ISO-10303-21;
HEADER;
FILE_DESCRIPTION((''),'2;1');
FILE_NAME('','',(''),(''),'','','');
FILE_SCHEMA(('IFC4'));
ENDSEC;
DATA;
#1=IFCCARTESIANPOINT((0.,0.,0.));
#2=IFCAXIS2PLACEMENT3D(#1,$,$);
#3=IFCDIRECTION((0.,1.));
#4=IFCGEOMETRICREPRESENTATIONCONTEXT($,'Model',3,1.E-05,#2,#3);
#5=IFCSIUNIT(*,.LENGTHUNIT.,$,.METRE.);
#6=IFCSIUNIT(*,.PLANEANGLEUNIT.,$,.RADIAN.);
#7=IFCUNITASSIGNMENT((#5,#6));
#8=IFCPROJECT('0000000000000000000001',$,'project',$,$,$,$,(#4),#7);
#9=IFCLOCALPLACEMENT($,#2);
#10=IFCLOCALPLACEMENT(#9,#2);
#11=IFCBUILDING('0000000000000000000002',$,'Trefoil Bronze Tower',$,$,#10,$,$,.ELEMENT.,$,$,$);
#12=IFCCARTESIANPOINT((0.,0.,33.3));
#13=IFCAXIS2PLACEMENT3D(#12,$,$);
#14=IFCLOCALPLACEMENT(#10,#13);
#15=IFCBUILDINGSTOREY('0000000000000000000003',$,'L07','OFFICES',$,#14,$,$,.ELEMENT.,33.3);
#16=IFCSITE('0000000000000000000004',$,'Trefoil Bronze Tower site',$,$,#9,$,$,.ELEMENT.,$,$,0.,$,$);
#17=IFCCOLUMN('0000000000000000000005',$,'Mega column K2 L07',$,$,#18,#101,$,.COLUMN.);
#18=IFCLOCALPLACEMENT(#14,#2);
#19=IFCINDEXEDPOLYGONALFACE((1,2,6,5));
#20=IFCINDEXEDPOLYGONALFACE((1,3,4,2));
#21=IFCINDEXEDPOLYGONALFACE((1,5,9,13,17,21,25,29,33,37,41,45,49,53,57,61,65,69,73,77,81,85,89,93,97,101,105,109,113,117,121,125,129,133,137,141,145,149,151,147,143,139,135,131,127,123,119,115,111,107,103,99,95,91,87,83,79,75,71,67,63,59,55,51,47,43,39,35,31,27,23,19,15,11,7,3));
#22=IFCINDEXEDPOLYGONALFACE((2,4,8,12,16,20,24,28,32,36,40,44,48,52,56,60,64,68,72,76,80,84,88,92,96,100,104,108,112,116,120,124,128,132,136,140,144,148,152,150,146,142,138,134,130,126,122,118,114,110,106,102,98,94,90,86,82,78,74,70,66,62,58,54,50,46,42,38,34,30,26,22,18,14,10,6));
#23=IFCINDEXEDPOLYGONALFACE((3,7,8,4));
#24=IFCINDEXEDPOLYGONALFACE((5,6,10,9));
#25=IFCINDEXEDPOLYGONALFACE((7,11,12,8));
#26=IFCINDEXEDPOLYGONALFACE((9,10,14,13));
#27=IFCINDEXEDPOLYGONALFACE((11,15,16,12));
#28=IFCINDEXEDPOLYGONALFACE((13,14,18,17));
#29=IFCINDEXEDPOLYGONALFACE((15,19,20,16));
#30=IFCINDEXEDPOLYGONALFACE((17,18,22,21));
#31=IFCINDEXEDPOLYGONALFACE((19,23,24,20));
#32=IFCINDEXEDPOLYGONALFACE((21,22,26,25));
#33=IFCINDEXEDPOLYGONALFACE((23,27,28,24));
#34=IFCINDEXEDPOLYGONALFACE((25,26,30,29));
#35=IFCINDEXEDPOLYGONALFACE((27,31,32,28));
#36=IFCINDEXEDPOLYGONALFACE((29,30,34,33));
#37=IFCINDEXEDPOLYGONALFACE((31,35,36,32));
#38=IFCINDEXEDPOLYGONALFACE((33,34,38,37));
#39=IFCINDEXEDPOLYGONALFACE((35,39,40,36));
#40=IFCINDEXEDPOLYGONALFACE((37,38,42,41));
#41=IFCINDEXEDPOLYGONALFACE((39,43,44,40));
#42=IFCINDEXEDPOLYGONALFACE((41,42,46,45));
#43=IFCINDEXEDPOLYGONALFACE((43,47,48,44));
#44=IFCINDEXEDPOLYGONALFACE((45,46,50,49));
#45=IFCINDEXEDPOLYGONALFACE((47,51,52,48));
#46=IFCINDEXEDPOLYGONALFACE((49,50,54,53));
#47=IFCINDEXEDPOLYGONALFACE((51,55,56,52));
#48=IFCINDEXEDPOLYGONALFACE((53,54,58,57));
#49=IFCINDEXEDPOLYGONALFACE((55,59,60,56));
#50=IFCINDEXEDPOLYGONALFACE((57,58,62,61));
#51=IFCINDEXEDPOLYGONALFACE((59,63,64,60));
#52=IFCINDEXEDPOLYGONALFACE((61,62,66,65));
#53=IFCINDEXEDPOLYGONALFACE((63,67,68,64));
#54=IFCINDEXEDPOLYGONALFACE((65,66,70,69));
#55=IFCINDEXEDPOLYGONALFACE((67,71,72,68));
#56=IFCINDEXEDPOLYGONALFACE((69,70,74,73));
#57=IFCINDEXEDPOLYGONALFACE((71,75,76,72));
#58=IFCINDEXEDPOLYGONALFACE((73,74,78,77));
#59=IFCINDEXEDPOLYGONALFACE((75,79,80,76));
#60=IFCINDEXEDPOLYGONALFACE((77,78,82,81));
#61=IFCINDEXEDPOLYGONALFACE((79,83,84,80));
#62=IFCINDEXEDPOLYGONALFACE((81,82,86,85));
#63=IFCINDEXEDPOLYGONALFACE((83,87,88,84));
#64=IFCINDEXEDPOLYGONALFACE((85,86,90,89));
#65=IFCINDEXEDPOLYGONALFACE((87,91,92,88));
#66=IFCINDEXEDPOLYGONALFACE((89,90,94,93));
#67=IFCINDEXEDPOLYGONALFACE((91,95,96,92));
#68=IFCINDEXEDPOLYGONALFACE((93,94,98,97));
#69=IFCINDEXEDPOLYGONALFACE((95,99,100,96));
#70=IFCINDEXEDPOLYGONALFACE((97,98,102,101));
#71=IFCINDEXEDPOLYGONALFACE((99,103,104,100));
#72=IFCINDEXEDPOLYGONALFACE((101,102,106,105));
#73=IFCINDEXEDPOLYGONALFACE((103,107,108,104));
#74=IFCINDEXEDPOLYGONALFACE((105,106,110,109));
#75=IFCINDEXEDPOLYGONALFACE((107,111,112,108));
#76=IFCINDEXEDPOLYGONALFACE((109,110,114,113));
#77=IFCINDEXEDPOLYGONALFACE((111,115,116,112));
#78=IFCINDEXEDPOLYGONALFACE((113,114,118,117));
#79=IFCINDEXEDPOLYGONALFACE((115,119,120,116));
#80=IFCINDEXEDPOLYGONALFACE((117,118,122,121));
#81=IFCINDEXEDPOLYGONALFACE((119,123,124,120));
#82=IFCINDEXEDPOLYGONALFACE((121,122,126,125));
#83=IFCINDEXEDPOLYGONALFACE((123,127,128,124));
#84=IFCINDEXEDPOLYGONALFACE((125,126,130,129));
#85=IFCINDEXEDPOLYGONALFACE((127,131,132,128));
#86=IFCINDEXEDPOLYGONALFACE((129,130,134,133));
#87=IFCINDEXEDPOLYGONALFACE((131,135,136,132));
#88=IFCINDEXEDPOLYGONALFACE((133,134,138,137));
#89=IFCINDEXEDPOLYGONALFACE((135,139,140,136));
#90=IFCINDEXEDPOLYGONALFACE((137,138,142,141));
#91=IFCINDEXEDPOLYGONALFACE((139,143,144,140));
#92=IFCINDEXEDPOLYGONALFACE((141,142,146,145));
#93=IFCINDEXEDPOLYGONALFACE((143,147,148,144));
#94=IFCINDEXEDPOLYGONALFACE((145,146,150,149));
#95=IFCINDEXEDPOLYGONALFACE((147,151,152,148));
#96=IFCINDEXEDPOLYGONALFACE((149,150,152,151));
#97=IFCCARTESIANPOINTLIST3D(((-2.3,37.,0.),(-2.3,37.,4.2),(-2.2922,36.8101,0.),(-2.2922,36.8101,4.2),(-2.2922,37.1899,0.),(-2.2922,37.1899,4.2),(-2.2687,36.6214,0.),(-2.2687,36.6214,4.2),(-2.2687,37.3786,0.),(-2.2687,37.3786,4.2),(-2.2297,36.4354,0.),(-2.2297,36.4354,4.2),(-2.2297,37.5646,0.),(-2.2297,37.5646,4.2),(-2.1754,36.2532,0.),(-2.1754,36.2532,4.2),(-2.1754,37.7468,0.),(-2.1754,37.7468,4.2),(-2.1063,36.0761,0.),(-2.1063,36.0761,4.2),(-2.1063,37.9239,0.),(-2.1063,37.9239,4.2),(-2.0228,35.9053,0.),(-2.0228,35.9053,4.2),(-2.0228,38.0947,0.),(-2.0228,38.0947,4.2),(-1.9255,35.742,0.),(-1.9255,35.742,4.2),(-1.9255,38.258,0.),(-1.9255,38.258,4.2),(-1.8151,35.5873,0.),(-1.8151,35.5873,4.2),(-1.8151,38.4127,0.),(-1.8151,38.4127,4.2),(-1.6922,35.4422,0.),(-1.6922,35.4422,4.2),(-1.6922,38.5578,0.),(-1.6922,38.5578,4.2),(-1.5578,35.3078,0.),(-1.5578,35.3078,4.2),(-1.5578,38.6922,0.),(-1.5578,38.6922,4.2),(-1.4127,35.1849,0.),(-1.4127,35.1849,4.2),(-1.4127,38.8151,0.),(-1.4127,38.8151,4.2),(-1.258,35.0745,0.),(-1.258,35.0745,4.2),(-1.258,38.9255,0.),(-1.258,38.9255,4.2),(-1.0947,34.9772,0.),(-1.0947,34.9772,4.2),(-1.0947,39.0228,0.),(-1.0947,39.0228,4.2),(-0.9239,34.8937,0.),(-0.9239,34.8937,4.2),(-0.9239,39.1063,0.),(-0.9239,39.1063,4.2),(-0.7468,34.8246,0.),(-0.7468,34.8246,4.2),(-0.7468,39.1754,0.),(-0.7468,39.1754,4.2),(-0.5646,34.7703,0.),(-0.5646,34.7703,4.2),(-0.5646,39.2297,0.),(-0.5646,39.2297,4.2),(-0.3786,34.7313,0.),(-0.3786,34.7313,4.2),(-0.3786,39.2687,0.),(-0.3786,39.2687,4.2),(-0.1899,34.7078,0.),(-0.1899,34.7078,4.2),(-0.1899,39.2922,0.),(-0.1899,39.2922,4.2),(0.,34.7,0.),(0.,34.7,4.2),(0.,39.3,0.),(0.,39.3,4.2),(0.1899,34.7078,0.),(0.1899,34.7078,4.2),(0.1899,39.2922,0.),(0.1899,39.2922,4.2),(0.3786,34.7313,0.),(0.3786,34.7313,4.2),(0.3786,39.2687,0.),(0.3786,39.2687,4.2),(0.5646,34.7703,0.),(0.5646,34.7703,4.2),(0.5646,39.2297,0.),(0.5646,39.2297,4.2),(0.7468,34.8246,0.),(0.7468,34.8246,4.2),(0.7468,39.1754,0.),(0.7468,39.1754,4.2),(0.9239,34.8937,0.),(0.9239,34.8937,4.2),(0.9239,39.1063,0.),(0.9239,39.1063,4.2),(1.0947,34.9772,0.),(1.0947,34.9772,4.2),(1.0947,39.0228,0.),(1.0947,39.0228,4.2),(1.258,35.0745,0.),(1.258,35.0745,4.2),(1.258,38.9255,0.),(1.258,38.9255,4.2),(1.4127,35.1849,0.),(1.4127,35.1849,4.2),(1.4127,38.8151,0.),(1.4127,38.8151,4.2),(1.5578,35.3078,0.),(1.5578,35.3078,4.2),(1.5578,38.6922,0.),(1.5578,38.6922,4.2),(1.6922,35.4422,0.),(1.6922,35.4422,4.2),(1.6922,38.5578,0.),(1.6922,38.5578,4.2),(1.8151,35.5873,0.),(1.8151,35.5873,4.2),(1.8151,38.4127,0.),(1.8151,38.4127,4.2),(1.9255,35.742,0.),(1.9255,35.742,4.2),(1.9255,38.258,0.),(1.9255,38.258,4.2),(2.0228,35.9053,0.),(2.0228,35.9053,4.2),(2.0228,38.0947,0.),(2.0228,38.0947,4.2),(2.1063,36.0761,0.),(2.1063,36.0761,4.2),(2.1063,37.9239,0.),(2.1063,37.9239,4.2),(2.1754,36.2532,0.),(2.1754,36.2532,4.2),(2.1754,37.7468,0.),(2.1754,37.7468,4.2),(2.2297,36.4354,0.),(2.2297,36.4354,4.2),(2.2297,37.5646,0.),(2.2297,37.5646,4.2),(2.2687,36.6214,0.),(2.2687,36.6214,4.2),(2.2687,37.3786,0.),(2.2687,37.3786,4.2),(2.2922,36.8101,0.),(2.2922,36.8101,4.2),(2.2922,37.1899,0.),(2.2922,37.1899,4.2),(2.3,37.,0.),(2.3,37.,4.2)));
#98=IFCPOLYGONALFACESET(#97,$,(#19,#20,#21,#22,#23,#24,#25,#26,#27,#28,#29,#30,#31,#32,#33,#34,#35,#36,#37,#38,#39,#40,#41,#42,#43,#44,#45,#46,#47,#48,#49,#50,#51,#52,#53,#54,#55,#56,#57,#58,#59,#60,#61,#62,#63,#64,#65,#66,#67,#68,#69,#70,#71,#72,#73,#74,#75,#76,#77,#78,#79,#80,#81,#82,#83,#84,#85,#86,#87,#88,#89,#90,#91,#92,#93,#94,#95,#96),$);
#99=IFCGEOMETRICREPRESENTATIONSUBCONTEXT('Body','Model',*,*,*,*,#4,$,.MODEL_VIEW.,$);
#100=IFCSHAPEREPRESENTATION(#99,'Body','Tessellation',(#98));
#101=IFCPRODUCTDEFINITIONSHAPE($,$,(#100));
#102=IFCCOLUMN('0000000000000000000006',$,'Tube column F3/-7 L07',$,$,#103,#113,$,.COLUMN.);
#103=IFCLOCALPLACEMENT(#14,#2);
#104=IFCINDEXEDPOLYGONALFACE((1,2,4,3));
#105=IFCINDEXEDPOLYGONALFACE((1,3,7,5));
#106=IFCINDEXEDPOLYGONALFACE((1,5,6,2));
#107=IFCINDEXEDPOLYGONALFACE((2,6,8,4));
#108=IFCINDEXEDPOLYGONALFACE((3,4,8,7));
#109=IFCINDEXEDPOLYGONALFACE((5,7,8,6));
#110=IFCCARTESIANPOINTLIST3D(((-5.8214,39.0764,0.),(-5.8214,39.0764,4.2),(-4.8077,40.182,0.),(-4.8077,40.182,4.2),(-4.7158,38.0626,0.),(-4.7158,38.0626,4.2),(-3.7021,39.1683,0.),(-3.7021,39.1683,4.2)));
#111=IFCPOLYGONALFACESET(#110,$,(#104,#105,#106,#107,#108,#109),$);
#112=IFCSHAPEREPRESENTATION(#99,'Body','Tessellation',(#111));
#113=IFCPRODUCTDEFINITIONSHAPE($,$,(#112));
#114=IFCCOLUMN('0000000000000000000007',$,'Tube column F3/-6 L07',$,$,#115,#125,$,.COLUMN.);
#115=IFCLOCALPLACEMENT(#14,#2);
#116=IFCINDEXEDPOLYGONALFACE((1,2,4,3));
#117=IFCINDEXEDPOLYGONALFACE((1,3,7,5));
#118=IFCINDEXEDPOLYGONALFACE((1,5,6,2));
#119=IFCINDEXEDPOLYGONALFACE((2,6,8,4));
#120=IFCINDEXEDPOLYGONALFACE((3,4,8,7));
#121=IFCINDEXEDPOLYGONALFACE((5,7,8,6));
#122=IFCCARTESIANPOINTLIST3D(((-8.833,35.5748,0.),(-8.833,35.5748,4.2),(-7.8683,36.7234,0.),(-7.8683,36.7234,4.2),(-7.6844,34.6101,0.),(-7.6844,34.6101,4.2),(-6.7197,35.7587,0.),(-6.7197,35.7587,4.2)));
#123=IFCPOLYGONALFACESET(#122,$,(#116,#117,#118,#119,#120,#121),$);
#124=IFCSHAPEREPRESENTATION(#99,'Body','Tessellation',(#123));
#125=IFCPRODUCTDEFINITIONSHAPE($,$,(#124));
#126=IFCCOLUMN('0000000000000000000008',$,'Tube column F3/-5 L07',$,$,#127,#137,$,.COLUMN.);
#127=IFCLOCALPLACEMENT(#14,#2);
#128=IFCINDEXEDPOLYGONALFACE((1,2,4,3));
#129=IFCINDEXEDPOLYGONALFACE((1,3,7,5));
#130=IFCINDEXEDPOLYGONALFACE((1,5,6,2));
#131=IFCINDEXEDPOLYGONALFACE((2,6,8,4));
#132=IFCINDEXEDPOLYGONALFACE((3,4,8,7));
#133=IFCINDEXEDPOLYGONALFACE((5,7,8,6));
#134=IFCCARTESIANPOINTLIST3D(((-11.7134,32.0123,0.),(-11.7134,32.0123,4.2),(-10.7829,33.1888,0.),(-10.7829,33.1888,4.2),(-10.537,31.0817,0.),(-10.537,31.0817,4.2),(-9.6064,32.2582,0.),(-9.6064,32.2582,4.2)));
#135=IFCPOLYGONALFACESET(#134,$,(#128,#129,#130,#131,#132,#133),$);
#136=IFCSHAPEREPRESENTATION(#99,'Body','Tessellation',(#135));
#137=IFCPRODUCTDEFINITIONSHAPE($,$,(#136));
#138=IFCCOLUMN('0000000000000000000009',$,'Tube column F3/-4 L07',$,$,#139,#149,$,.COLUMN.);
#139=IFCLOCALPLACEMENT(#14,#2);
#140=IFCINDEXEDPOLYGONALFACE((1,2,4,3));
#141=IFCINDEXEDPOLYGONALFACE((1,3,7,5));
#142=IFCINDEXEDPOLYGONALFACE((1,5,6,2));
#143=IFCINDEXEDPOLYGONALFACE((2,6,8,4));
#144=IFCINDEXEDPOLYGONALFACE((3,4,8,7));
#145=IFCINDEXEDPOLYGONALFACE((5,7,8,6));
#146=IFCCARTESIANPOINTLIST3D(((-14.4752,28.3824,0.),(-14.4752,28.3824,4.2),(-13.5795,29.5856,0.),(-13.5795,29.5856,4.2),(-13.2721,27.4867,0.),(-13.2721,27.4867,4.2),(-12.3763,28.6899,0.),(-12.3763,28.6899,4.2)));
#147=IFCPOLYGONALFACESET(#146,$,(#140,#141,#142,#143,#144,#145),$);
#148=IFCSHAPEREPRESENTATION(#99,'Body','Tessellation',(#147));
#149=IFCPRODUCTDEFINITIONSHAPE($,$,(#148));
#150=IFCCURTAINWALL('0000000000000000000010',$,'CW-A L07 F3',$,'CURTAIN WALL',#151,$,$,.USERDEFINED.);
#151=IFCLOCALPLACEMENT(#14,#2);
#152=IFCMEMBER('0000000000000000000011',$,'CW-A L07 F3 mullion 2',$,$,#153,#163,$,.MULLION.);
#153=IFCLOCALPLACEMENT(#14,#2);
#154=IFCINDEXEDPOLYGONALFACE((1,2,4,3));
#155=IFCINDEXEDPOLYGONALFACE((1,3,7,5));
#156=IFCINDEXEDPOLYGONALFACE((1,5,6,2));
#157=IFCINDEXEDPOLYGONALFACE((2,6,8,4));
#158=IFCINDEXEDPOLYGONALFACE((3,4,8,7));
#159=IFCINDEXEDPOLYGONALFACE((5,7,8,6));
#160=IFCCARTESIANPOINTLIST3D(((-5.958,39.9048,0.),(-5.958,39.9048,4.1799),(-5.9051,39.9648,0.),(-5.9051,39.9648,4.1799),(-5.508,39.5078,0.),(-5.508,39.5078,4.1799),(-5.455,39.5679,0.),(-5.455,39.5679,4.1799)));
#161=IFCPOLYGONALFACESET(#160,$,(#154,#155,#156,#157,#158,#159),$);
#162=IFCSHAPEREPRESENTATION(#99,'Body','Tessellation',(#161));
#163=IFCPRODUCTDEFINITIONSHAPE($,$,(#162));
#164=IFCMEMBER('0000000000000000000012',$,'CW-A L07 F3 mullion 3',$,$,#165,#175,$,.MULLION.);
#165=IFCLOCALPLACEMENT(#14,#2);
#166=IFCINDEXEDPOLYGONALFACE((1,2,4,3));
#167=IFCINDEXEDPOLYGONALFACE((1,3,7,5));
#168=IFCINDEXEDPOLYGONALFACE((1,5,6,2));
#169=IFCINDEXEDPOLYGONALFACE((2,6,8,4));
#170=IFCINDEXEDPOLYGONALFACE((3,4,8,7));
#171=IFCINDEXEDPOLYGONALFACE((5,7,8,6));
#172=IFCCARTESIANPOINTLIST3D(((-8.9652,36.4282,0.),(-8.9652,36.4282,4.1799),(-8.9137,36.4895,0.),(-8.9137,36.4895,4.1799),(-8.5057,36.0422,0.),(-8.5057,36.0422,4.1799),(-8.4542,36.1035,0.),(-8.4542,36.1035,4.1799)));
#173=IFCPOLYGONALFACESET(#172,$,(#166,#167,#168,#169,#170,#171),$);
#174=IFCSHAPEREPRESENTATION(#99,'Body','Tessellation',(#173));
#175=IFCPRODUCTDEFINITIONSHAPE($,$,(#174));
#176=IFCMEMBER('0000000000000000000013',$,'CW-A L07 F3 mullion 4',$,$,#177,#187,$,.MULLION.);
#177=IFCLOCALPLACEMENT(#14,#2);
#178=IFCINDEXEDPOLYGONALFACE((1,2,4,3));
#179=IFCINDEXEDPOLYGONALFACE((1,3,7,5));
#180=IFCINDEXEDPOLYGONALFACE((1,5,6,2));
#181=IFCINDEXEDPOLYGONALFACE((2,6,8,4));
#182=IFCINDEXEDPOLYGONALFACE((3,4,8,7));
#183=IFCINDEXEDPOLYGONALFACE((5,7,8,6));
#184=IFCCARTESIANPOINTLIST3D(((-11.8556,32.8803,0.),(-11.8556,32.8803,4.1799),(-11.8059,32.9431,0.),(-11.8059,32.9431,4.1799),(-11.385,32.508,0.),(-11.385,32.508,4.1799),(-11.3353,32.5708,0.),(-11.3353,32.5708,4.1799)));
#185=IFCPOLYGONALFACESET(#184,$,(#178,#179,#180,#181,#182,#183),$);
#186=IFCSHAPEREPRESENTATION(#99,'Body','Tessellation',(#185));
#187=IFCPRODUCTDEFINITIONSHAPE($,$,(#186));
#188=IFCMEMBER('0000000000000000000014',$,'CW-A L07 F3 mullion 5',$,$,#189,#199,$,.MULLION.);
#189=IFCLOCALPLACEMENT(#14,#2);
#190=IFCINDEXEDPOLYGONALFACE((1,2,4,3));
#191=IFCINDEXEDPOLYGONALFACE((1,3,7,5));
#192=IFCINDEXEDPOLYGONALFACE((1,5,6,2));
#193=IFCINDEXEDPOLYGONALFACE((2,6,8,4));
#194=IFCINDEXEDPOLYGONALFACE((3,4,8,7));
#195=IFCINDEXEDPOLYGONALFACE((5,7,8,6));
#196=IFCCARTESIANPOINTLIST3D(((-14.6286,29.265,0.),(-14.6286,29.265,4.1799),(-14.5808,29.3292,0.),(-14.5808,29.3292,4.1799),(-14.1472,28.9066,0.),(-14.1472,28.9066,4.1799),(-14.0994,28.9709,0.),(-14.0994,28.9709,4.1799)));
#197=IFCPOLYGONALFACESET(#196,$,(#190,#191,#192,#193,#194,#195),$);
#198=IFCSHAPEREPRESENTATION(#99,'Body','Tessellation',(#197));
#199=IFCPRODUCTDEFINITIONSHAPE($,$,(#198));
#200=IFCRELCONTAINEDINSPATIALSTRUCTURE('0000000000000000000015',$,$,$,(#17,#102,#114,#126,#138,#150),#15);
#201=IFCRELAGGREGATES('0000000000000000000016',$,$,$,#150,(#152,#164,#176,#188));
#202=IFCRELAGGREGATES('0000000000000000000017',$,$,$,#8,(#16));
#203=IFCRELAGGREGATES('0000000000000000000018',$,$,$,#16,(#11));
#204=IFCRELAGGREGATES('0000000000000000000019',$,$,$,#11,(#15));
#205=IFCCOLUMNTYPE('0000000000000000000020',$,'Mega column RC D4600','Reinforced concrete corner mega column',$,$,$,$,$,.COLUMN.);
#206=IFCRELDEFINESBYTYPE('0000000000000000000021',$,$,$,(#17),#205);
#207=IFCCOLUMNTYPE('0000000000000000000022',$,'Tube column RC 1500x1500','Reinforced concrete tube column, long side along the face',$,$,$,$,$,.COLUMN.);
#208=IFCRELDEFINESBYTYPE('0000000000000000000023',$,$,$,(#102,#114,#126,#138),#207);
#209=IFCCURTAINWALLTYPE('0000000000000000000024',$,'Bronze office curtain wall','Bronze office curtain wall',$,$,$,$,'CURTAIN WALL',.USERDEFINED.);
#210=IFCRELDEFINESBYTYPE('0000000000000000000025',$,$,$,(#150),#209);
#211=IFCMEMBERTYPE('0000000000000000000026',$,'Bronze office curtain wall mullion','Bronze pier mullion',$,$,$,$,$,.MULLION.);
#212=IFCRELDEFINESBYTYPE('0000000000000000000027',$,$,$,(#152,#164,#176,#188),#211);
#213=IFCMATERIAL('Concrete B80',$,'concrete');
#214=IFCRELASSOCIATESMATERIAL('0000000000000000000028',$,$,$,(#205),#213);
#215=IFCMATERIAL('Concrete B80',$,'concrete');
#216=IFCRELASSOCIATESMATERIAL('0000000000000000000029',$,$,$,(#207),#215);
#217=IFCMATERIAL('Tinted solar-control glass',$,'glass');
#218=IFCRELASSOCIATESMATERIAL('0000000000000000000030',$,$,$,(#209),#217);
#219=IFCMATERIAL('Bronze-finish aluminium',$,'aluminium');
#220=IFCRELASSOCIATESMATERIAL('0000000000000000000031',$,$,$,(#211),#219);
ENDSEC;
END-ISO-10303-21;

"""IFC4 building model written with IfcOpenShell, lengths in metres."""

from ifc_helpers import new_model, si_unit, direction, frame, origin, origin_2d, place, context, subcontext, project, spatial, rectangle, circle, extrude, material, material_profile, profile_set, type_object, element, aggregate, save


model = new_model("IFC4")

# Units and contexts
model_context = context("Model", 3, precision=1e-05, world=origin(), true_north=direction((0.0, 1.0)))
body_context = subcontext(model_context, "Body", "Model", "MODEL_VIEW")
ifc_project = project(units=[si_unit("LENGTHUNIT", "METRE"), si_unit("PLANEANGLEUNIT", "RADIAN")], contexts=[model_context])

# Site, building, storey
site_placement = place(None, origin())
site = spatial("IfcSite", under=ifc_project, at=site_placement, Name="Trefoil Bronze Tower site", CompositionType="ELEMENT", RefElevation=0.0)
building_placement = place(site_placement, origin())
building = spatial("IfcBuilding", under=site, at=building_placement, Name="Trefoil Bronze Tower", CompositionType="ELEMENT")
storey_placement = place(building_placement, frame((0.0, 0.0, 33.3)))
storey = spatial("IfcBuildingStorey", under=building, at=storey_placement, Name="L07", Description="OFFICES", CompositionType="ELEMENT", Elevation=33.3)

# Columns
ifc_material_1 = material(Name="Concrete B80", Category="concrete")
ifc_material_profile_1 = material_profile(ifc_material_1, circle(Radius=2.3, at=origin_2d()), Name="RC D4600")
ifc_profile_set_1 = profile_set([ifc_material_profile_1], Name="Concrete B80")
column_type_1 = type_object("IfcColumnType", Name="Mega column RC D4600", Description="Reinforced concrete corner mega column", PredefinedType="COLUMN", material=ifc_profile_set_1)
column_placement = place(storey_placement, frame((0.0, 37.0, 0.0), z_axis=(0.0, 0.0, 1.0), x_axis=(1.0, 0.0, 0.0)))
element("IfcColumn", 1, at=column_placement, inside=storey, type_object=column_type_1, Name="Mega column K2 L07", PredefinedType="COLUMN", context=body_context, shape_type="SweptSolid", body=[
    extrude(circle(Radius=2.3, at=origin_2d()), origin(), (0.0, 0.0, 1.0), 4.2),
])
ifc_material_2 = material(Name="Concrete B80", Category="concrete")
ifc_material_profile_2 = material_profile(ifc_material_2, rectangle(XDim=1.5, YDim=1.5, at=origin_2d()), Name="RC 1500x1500")
ifc_profile_set_2 = profile_set([ifc_material_profile_2], Name="Concrete B80")
column_type_2 = type_object("IfcColumnType", Name="Tube column RC 1500x1500", Description="Reinforced concrete tube column, long side along the face", PredefinedType="COLUMN", material=ifc_profile_set_2)
for number, where, z_axis, x_axis, name in (
    (2, (-4.7617, 39.1223, 0.0), (0.0, 0.0, 1.0), (-0.675816, -0.73707, 0.0), "Tube column F3/-7 L07"),
    (3, (-7.7764, 35.6667, 0.0), (0.0, 0.0, 1.0), (-0.643163, -0.765729, 0.0), "Tube column F3/-6 L07"),
    (4, (-10.6599, 32.1353, 0.0), (0.0, 0.0, 1.0), (-0.620376, -0.784305, 0.0), "Tube column F3/-5 L07"),
    (5, (-13.4258, 28.5361, 0.0), (0.0, 0.0, 1.0), (-0.597154, -0.802127, 0.0), "Tube column F3/-4 L07"),
):
    element("IfcColumn", number, at=place(storey_placement, frame(where, z_axis=z_axis, x_axis=x_axis)), inside=storey, type_object=column_type_2, Name=name, PredefinedType="COLUMN", context=body_context, shape_type="SweptSolid", body=[
        extrude(rectangle(XDim=1.5, YDim=1.5, at=origin_2d()), origin(), (0.0, 0.0, 1.0), 4.2),
    ])

# Curtain wall, members
ifc_material_3 = material(Name="Tinted solar-control glass", Category="glass")
curtain_wall_type_1 = type_object("IfcCurtainWallType", Name="Bronze office curtain wall", Description="Bronze office curtain wall", ElementType="CURTAIN WALL", PredefinedType="USERDEFINED", material=ifc_material_3)
curtain_wall_1_placement = place(storey_placement, origin())
curtain_wall_1 = element("IfcCurtainWall", 6, at=curtain_wall_1_placement, inside=storey, type_object=curtain_wall_type_1, Name="CW-A L07 F3", ObjectType="CURTAIN WALL", PredefinedType="USERDEFINED")
ifc_material_4 = material(Name="Bronze-finish aluminium", Category="aluminium")
ifc_material_profile_3 = material_profile(ifc_material_4, rectangle(XDim=0.6001, YDim=0.0801, at=origin_2d()), Name="CW-A mullion")
ifc_profile_set_3 = profile_set([ifc_material_profile_3], Name="Bronze-finish aluminium")
member_type_1 = type_object("IfcMemberType", Name="Bronze office curtain wall mullion", Description="Bronze pier mullion", PredefinedType="MULLION", material=ifc_profile_set_3)
member_1_placement = place(storey_placement, frame((-5.7065, 39.7363, 0.0), z_axis=(0.0, 0.0, 1.0), x_axis=(0.749941, -0.661505, 0.0)))
member_1 = element("IfcMember", 7, at=member_1_placement, type_object=member_type_1, Name="CW-A L07 F3 mullion 2", PredefinedType="MULLION", context=body_context, shape_type="SweptSolid", body=[
    extrude(rectangle(XDim=0.6001, YDim=0.0801, at=origin_2d()), origin(), (0.0, 0.0, 1.0), 4.1799),
])
member_2_placement = place(storey_placement, frame((-8.7097, 36.2659, 0.0), z_axis=(0.0, 0.0, 1.0), x_axis=(0.765729, -0.643163, 0.0)))
member_2 = element("IfcMember", 8, at=member_2_placement, type_object=member_type_1, Name="CW-A L07 F3 mullion 3", PredefinedType="MULLION", context=body_context, shape_type="SweptSolid", body=[
    extrude(rectangle(XDim=0.6001, YDim=0.0801, at=origin_2d()), origin(), (0.0, 0.0, 1.0), 4.1799),
])
member_3_placement = place(storey_placement, frame((-11.5955, 32.7256, 0.0), z_axis=(0.0, 0.0, 1.0), x_axis=(0.784305, -0.620376, 0.0)))
member_3 = element("IfcMember", 9, at=member_3_placement, type_object=member_type_1, Name="CW-A L07 F3 mullion 4", PredefinedType="MULLION", context=body_context, shape_type="SweptSolid", body=[
    extrude(rectangle(XDim=0.6001, YDim=0.0801, at=origin_2d()), origin(), (0.0, 0.0, 1.0), 4.1799),
])
member_4_placement = place(storey_placement, frame((-14.364, 29.1179, 0.0), z_axis=(0.0, 0.0, 1.0), x_axis=(0.802127, -0.597154, 0.0)))
member_4 = element("IfcMember", 10, at=member_4_placement, type_object=member_type_1, Name="CW-A L07 F3 mullion 5", PredefinedType="MULLION", context=body_context, shape_type="SweptSolid", body=[
    extrude(rectangle(XDim=0.6001, YDim=0.0801, at=origin_2d()), origin(), (0.0, 0.0, 1.0), 4.1799),
])

aggregate(curtain_wall_1, [member_1, member_2, member_3, member_4])

save(model, "model.ifc")
